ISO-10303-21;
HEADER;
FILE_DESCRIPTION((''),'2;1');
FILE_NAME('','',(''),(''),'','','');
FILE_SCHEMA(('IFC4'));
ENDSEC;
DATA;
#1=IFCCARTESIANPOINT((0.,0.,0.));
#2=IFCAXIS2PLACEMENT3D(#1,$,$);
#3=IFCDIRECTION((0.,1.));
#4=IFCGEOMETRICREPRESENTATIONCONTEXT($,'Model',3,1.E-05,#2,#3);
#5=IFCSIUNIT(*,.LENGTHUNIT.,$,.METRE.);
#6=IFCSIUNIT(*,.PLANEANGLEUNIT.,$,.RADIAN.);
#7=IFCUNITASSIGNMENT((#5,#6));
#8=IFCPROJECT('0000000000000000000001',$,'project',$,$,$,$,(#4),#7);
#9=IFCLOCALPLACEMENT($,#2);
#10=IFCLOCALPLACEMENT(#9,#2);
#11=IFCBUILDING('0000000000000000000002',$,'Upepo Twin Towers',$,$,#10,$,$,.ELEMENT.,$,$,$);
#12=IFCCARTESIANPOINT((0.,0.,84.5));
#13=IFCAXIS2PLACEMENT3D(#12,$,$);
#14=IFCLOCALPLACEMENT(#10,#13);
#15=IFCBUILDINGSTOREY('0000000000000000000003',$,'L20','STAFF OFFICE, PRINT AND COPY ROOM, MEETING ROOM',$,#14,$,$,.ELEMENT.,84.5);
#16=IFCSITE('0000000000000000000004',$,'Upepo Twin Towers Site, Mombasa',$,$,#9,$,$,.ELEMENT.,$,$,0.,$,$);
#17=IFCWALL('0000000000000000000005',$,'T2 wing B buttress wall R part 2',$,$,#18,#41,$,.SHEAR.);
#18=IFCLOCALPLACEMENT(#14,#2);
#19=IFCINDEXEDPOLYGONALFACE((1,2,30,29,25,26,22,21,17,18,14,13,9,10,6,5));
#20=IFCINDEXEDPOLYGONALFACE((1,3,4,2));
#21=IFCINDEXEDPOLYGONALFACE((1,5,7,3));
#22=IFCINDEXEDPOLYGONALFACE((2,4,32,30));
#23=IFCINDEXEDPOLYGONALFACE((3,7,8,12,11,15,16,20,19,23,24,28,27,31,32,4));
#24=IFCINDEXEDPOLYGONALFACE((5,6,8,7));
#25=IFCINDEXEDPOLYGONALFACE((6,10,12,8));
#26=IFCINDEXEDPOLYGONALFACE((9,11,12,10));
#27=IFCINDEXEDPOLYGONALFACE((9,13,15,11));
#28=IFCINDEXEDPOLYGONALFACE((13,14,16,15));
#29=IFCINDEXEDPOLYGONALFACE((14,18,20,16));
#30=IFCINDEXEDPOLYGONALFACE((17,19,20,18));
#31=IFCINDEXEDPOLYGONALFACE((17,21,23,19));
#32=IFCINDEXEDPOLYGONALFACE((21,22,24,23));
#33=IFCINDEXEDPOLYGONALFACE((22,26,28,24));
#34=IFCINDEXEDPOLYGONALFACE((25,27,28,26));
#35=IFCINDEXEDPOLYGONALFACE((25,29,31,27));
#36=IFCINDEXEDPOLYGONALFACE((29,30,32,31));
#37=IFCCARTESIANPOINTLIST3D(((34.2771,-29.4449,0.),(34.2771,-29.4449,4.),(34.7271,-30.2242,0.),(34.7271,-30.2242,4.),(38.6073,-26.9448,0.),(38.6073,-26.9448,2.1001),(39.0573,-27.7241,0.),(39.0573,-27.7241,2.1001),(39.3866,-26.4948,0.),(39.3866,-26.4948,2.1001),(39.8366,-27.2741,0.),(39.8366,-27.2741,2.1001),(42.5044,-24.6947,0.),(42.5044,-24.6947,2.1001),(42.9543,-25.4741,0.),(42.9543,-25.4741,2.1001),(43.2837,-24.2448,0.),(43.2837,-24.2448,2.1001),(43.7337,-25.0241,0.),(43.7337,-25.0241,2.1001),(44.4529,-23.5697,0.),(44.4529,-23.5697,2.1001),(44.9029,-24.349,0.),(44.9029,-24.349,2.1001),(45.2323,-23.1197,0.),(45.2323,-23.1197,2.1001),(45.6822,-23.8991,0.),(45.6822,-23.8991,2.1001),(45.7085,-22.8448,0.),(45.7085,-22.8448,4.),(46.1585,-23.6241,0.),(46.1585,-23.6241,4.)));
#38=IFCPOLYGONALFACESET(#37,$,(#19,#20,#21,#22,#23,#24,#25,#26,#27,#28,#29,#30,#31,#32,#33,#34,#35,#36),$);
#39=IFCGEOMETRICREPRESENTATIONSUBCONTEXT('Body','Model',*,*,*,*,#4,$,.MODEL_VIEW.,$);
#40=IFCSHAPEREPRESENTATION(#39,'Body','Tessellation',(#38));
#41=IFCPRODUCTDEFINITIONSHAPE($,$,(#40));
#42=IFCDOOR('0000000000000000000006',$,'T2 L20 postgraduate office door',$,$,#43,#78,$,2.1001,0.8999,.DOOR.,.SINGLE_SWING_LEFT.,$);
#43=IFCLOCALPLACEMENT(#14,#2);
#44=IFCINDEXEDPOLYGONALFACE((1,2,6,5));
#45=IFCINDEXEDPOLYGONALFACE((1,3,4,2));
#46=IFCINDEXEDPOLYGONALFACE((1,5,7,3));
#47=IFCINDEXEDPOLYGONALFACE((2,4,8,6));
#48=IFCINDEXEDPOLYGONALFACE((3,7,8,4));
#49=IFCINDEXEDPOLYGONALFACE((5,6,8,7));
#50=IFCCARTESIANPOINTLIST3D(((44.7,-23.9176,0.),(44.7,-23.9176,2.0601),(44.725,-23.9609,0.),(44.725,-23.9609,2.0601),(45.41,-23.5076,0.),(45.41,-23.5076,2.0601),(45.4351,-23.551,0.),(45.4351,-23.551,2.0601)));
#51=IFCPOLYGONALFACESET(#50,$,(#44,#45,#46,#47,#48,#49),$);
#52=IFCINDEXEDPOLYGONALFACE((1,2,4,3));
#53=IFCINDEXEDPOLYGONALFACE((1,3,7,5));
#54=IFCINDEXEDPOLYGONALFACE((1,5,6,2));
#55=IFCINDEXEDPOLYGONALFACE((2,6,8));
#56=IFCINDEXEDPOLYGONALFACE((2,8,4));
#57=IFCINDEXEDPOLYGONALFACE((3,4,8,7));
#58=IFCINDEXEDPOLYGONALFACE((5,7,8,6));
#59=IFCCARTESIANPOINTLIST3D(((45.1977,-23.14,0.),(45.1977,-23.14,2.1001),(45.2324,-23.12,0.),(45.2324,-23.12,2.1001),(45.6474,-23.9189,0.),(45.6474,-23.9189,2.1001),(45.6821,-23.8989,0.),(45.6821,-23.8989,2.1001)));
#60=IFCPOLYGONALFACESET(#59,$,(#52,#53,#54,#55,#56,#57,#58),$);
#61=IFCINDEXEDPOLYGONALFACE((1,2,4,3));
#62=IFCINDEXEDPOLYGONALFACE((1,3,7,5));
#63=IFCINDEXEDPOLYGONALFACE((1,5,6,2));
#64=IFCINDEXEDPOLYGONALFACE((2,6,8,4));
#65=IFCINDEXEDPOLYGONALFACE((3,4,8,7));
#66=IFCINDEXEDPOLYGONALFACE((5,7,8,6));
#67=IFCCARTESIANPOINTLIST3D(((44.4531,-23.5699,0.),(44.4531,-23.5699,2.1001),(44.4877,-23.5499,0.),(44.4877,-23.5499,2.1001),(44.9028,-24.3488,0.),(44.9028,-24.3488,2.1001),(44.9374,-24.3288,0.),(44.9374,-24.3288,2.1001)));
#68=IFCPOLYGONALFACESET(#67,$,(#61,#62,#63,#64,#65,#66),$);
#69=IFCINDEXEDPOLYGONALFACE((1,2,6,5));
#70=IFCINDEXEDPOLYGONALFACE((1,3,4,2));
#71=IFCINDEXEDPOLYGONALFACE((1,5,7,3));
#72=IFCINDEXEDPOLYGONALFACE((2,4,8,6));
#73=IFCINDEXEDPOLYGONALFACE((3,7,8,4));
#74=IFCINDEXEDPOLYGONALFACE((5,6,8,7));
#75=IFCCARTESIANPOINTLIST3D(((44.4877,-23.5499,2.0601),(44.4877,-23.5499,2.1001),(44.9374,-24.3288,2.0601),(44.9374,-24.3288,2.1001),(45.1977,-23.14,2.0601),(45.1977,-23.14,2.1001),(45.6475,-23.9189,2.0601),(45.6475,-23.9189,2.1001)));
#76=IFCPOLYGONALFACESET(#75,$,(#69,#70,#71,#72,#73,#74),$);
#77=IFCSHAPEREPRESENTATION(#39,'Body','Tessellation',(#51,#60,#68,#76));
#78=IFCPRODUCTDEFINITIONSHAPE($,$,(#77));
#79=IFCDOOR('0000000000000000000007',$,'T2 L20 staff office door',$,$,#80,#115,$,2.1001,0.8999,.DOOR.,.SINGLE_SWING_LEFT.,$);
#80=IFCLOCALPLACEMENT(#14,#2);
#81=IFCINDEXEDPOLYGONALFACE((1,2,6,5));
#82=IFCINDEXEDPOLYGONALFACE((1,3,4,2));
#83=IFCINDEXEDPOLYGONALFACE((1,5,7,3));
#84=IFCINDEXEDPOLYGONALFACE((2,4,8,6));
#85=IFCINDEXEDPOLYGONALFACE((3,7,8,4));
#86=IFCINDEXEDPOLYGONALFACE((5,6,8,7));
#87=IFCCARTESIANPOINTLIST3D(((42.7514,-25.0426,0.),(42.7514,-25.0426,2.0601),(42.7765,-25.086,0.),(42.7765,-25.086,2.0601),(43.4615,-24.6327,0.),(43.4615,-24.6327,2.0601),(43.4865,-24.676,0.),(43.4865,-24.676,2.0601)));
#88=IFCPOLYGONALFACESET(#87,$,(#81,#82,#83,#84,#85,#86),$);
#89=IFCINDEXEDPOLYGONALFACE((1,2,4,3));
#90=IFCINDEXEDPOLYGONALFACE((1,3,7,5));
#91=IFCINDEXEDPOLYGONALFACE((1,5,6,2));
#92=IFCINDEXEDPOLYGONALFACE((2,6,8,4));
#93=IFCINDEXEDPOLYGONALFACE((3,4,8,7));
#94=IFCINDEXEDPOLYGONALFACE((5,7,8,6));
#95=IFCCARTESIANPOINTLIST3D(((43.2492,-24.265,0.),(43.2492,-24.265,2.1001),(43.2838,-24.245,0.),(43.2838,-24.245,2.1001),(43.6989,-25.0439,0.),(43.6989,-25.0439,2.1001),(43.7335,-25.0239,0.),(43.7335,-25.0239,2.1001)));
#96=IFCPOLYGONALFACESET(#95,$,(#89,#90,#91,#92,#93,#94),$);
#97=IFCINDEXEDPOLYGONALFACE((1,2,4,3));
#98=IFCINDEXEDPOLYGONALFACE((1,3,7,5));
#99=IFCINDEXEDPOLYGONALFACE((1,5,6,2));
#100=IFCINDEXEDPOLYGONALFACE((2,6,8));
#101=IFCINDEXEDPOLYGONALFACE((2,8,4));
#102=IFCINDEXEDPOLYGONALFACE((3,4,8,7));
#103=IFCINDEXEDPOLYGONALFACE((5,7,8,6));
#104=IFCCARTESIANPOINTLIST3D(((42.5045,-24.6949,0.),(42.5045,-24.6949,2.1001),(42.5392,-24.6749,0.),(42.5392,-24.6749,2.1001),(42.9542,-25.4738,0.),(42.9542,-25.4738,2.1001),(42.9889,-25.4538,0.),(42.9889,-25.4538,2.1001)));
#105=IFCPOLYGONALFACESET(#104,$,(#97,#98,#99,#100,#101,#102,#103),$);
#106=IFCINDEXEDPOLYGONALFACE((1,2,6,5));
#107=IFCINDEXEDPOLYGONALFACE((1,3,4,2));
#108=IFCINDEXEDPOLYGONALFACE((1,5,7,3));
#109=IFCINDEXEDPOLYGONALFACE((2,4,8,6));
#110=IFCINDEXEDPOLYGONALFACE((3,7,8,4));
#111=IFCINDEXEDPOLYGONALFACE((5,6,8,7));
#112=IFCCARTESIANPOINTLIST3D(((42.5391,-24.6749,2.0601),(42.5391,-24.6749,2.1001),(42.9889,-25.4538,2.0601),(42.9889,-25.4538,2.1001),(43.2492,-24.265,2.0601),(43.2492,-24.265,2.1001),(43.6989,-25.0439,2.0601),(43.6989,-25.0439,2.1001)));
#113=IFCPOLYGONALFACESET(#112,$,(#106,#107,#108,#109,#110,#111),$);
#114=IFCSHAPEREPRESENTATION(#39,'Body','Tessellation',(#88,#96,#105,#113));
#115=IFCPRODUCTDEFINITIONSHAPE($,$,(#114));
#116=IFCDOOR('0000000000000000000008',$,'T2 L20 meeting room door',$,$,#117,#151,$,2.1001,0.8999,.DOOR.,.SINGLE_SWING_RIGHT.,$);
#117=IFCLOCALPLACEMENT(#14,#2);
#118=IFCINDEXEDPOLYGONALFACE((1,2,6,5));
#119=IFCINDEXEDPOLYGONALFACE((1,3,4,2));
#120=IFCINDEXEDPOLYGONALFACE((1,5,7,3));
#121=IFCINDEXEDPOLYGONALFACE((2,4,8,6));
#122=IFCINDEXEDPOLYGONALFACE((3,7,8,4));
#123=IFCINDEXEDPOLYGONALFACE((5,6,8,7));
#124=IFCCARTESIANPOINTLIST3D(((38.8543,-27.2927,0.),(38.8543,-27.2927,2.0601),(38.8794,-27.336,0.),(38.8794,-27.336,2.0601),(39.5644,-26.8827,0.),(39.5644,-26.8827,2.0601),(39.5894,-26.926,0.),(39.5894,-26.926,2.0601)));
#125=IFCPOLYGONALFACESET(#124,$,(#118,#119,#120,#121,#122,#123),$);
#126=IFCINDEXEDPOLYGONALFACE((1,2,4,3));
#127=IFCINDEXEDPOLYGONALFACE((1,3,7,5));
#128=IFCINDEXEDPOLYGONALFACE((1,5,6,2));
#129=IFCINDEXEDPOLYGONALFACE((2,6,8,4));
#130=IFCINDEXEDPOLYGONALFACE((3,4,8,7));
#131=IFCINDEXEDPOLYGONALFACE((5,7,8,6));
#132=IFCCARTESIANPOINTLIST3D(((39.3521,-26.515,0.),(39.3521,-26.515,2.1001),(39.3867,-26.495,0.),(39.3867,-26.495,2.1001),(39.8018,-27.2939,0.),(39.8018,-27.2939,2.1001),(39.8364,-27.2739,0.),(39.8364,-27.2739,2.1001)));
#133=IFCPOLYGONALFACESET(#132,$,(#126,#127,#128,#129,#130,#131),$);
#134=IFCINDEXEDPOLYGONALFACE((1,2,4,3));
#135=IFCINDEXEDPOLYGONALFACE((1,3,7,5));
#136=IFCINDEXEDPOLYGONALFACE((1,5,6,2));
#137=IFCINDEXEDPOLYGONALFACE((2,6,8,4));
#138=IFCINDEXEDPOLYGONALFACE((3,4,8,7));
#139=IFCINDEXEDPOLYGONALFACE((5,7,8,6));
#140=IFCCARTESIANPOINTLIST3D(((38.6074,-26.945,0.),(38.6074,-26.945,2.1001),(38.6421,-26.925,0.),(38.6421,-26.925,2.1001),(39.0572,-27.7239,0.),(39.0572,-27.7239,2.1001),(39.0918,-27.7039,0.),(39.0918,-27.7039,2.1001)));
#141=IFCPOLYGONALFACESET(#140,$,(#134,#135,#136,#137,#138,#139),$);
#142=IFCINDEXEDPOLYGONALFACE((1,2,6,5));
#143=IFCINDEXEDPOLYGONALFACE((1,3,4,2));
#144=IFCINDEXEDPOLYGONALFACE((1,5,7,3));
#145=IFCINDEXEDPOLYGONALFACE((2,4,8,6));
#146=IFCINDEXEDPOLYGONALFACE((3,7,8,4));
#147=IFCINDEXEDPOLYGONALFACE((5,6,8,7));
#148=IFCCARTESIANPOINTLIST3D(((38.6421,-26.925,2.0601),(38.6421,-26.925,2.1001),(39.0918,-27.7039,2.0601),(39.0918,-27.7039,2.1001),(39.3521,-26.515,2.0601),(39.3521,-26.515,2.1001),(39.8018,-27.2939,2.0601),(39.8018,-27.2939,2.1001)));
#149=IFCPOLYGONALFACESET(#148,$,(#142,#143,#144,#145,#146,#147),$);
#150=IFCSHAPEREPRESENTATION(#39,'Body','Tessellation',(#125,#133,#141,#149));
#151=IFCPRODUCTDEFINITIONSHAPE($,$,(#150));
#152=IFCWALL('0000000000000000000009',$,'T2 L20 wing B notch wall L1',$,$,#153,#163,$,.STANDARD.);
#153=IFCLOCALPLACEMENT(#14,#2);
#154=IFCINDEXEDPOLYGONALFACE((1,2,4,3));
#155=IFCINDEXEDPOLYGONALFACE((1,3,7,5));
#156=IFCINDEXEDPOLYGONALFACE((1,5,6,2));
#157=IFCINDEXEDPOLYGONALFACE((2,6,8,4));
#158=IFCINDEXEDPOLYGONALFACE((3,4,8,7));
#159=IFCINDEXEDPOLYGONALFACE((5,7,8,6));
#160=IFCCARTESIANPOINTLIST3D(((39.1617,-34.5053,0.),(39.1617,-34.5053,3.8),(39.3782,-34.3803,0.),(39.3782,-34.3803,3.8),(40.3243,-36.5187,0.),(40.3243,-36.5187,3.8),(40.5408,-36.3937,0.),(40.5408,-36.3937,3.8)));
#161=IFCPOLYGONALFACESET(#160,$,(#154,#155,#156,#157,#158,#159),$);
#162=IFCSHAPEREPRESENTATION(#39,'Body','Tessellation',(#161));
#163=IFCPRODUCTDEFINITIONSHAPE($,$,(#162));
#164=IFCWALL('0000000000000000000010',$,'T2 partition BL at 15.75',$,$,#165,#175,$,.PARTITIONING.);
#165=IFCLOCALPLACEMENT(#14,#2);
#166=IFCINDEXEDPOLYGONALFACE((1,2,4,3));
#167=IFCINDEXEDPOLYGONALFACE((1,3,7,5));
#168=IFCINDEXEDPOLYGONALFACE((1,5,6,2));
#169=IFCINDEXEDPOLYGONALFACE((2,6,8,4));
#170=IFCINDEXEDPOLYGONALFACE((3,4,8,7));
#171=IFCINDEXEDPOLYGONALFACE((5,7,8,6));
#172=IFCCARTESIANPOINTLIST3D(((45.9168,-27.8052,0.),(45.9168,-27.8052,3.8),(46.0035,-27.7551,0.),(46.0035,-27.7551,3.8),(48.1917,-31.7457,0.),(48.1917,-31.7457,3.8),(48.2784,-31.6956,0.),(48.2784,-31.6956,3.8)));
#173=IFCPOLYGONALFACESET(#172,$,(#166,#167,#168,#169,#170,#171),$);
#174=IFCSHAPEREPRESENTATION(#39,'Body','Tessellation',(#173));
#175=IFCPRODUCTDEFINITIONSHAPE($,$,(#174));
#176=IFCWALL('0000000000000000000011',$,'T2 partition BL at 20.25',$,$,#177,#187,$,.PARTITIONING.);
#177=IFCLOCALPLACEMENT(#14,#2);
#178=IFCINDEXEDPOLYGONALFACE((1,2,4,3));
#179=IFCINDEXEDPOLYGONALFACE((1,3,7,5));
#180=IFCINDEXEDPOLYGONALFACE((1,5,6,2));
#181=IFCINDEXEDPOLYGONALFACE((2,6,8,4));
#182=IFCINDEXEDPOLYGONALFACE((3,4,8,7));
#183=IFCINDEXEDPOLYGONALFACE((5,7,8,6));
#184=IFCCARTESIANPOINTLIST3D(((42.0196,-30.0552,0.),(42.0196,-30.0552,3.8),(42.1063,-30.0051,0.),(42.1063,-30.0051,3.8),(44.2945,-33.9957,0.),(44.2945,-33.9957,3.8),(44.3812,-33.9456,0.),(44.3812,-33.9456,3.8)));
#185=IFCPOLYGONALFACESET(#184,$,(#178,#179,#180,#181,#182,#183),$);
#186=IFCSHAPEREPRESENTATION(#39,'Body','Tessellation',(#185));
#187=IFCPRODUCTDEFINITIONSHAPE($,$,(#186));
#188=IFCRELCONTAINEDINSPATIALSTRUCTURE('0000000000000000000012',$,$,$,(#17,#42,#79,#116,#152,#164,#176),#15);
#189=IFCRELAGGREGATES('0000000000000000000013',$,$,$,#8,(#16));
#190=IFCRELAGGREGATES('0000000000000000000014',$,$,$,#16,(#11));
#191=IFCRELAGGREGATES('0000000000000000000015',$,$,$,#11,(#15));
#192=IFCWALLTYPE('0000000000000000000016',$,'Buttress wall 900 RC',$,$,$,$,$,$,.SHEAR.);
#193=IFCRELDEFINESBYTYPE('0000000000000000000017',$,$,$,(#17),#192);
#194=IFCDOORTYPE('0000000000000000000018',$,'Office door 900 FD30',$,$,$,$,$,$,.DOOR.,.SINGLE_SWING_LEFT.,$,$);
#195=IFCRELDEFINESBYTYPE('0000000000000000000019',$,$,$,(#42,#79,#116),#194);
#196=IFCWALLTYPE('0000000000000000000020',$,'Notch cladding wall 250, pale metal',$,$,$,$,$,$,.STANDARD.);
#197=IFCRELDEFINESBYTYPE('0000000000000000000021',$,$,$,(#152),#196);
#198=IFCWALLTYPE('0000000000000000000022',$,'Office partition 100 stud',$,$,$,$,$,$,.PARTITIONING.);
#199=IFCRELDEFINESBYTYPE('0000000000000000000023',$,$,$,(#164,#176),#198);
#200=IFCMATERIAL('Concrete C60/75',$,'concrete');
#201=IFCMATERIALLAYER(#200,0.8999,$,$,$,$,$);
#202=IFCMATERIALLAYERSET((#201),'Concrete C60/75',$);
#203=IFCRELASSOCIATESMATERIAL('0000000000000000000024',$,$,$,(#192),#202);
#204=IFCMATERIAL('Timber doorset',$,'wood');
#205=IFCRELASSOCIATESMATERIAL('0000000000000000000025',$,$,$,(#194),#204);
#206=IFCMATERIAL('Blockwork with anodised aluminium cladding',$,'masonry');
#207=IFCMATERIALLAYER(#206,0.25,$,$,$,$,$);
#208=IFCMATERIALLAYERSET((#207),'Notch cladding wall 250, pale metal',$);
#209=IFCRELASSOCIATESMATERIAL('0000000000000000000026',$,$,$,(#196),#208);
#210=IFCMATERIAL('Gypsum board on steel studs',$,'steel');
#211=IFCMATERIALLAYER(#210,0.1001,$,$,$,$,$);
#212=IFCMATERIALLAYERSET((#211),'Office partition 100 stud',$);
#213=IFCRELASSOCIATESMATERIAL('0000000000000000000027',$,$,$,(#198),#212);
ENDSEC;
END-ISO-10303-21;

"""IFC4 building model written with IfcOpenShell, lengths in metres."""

from ifc_helpers import new_model, si_unit, direction, frame, frame_2d, origin, place, context, subcontext, project, spatial, rectangle, extrude, material, layer, layer_set, type_object, element, fill, save


model = new_model("IFC4")

# Units and contexts
model_context = context("Model", 3, precision=1e-05, world=origin(), true_north=direction((0.0, 1.0)))
body_context = subcontext(model_context, "Body", "Model", "MODEL_VIEW")
ifc_project = project(units=[si_unit("LENGTHUNIT", "METRE"), si_unit("PLANEANGLEUNIT", "RADIAN")], contexts=[model_context])

# Site, building, storey
site_placement = place(None, origin())
site = spatial("IfcSite", under=ifc_project, at=site_placement, Name="Upepo Twin Towers Site, Mombasa", CompositionType="ELEMENT", RefElevation=0.0)
building_placement = place(site_placement, origin())
building = spatial("IfcBuilding", under=site, at=building_placement, Name="Upepo Twin Towers", CompositionType="ELEMENT")
storey_placement = place(building_placement, frame((0.0, 0.0, 84.5)))
storey = spatial("IfcBuildingStorey", under=building, at=storey_placement, Name="L20", Description="STAFF OFFICE, PRINT AND COPY ROOM, MEETING ROOM", CompositionType="ELEMENT", Elevation=84.5)

# Wall, openings, doors
ifc_material_1 = material(Name="Concrete C60/75", Category="concrete")
ifc_layer_1 = layer(ifc_material_1, 0.8999)
ifc_layer_set_1 = layer_set([ifc_layer_1], Name="Concrete C60/75")
wall_type_1 = type_object("IfcWallType", Name="Buttress wall 900 RC", PredefinedType="SHEAR", material=ifc_layer_set_1)
wall_1_placement = place(storey_placement, frame((45.9336, -23.2344, 0.0), z_axis=(0.0, 0.0, 1.0), x_axis=(-0.86602, -0.50001, 0.0)))
wall_1 = element("IfcWall", 1, at=wall_1_placement, inside=storey, type_object=wall_type_1, Name="T2 wing B buttress wall R part 2", PredefinedType="SHEAR", context=body_context, shape_type="SweptSolid", body=[
    extrude(rectangle(XDim=13.2, YDim=0.8999, at=frame_2d((6.6001, 0.0))), origin(), (0.0, 0.0, 1.0), 4.0),
])
opening_1_placement = place(wall_1_placement, frame((0.55, 0.0, 0.0)))
opening_1 = element("IfcOpeningElement", 2, at=opening_1_placement, cuts=wall_1, PredefinedType="OPENING", context=body_context, shape_type="SweptSolid", body=[
    extrude(rectangle(XDim=0.8999, YDim=2.1001, at=frame_2d((0.45, 1.05))), frame((0.0, 0.46, 0.0), z_axis=(0.0, -1.0, 0.0), x_axis=(1.0, 0.0, 0.0)), (0.0, 0.0, 1.0), 0.9199),
])
opening_2_placement = place(wall_1_placement, frame((2.8, 0.0, 0.0)))
opening_2 = element("IfcOpeningElement", 3, at=opening_2_placement, cuts=wall_1, PredefinedType="OPENING", context=body_context, shape_type="SweptSolid", body=[
    extrude(rectangle(XDim=0.8999, YDim=2.1001, at=frame_2d((0.45, 1.05))), frame((0.0, 0.46, 0.0), z_axis=(0.0, -1.0, 0.0), x_axis=(1.0, 0.0, 0.0)), (0.0, 0.0, 1.0), 0.9199),
])
opening_3_placement = place(wall_1_placement, frame((7.3, 0.0, 0.0)))
opening_3 = element("IfcOpeningElement", 4, at=opening_3_placement, cuts=wall_1, PredefinedType="OPENING", context=body_context, shape_type="SweptSolid", body=[
    extrude(rectangle(XDim=0.8999, YDim=2.1001, at=frame_2d((0.45, 1.05))), frame((0.0, 0.46, 0.0), z_axis=(0.0, -1.0, 0.0), x_axis=(1.0, 0.0, 0.0)), (0.0, 0.0, 1.0), 0.9199),
])
ifc_material_2 = material(Name="Timber doorset", Category="wood")
door_type = type_object("IfcDoorType", Name="Office door 900 FD30", OperationType="SINGLE_SWING_LEFT", PredefinedType="DOOR", material=ifc_material_2)
door_1_placement = place(opening_1_placement, origin())
door_1 = element("IfcDoor", 5, at=door_1_placement, inside=storey, type_object=door_type, Name="T2 L20 postgraduate office door", OperationType="SINGLE_SWING_LEFT", OverallHeight=2.1001, OverallWidth=0.8999, PredefinedType="DOOR", context=body_context, shape_type="SweptSolid", body=[
    extrude(rectangle(XDim=0.8199, YDim=2.0601, at=frame_2d((0.45, 1.03))), frame((0.0, 0.0249, 0.0), z_axis=(0.0, -1.0, 0.0), x_axis=(1.0, 0.0, 0.0)), (0.0, 0.0, 1.0), 0.05),
    extrude(rectangle(XDim=0.04, YDim=2.1001, at=frame_2d((0.02, 1.05))), frame((0.0, 0.4497, 0.0), z_axis=(0.0, -1.0, 0.0), x_axis=(1.0, 0.0, 0.0)), (0.0, 0.0, 1.0), 0.8994),
    extrude(rectangle(XDim=0.04, YDim=2.1001, at=frame_2d((0.8799, 1.05))), frame((0.0, 0.4497, 0.0), z_axis=(0.0, -1.0, 0.0), x_axis=(1.0, 0.0, 0.0)), (0.0, 0.0, 1.0), 0.8994),
    extrude(rectangle(XDim=0.8199, YDim=0.04, at=frame_2d((0.45, 2.0801))), frame((0.0, 0.4497, 0.0), z_axis=(0.0, -1.0, 0.0), x_axis=(1.0, 0.0, 0.0)), (0.0, 0.0, 1.0), 0.8994),
])
fill(opening_1, door_1)
door_2_placement = place(opening_2_placement, origin())
door_2 = element("IfcDoor", 6, at=door_2_placement, inside=storey, type_object=door_type, Name="T2 L20 staff office door", OperationType="SINGLE_SWING_LEFT", OverallHeight=2.1001, OverallWidth=0.8999, PredefinedType="DOOR", context=body_context, shape_type="SweptSolid", body=[
    extrude(rectangle(XDim=0.8199, YDim=2.0601, at=frame_2d((0.45, 1.03))), frame((0.0, 0.0249, 0.0), z_axis=(0.0, -1.0, 0.0), x_axis=(1.0, 0.0, 0.0)), (0.0, 0.0, 1.0), 0.05),
    extrude(rectangle(XDim=0.04, YDim=2.1001, at=frame_2d((0.02, 1.05))), frame((0.0, 0.4497, 0.0), z_axis=(0.0, -1.0, 0.0), x_axis=(1.0, 0.0, 0.0)), (0.0, 0.0, 1.0), 0.8994),
    extrude(rectangle(XDim=0.04, YDim=2.1001, at=frame_2d((0.8799, 1.05))), frame((0.0, 0.4497, 0.0), z_axis=(0.0, -1.0, 0.0), x_axis=(1.0, 0.0, 0.0)), (0.0, 0.0, 1.0), 0.8994),
    extrude(rectangle(XDim=0.8199, YDim=0.04, at=frame_2d((0.45, 2.0801))), frame((0.0, 0.4497, 0.0), z_axis=(0.0, -1.0, 0.0), x_axis=(1.0, 0.0, 0.0)), (0.0, 0.0, 1.0), 0.8994),
])
fill(opening_2, door_2)
door_3_placement = place(opening_3_placement, origin())
door_3 = element("IfcDoor", 7, at=door_3_placement, inside=storey, type_object=door_type, Name="T2 L20 meeting room door", OperationType="SINGLE_SWING_RIGHT", OverallHeight=2.1001, OverallWidth=0.8999, PredefinedType="DOOR", context=body_context, shape_type="SweptSolid", body=[
    extrude(rectangle(XDim=0.8199, YDim=2.0601, at=frame_2d((0.45, 1.03))), frame((0.0, 0.0249, 0.0), z_axis=(0.0, -1.0, 0.0), x_axis=(1.0, 0.0, 0.0)), (0.0, 0.0, 1.0), 0.05),
    extrude(rectangle(XDim=0.04, YDim=2.1001, at=frame_2d((0.02, 1.05))), frame((0.0, 0.4497, 0.0), z_axis=(0.0, -1.0, 0.0), x_axis=(1.0, 0.0, 0.0)), (0.0, 0.0, 1.0), 0.8994),
    extrude(rectangle(XDim=0.04, YDim=2.1001, at=frame_2d((0.8799, 1.05))), frame((0.0, 0.4497, 0.0), z_axis=(0.0, -1.0, 0.0), x_axis=(1.0, 0.0, 0.0)), (0.0, 0.0, 1.0), 0.8994),
    extrude(rectangle(XDim=0.8199, YDim=0.04, at=frame_2d((0.45, 2.0801))), frame((0.0, 0.4497, 0.0), z_axis=(0.0, -1.0, 0.0), x_axis=(1.0, 0.0, 0.0)), (0.0, 0.0, 1.0), 0.8994),
])
fill(opening_3, door_3)

# Walls
ifc_material_3 = material(Name="Blockwork with anodised aluminium cladding", Category="masonry")
ifc_layer_2 = layer(ifc_material_3, 0.25)
ifc_layer_set_2 = layer_set([ifc_layer_2], Name="Notch cladding wall 250, pale metal")
wall_type_2 = type_object("IfcWallType", Name="Notch cladding wall 250, pale metal", PredefinedType="STANDARD", material=ifc_layer_set_2)
wall_2_placement = place(storey_placement, frame((40.4326, -36.4563, 0.0), z_axis=(0.0, 0.0, 1.0), x_axis=(-0.500047, 0.865998, 0.0)))
element("IfcWall", 8, at=wall_2_placement, inside=storey, type_object=wall_type_2, Name="T2 L20 wing B notch wall L1", PredefinedType="STANDARD", context=body_context, shape_type="SweptSolid", body=[
    extrude(rectangle(XDim=2.325, YDim=0.25, at=frame_2d((1.1626, 0.0))), origin(), (0.0, 0.0, 1.0), 3.8),
])
ifc_material_4 = material(Name="Gypsum board on steel studs", Category="steel")
ifc_layer_3 = layer(ifc_material_4, 0.1001)
ifc_layer_set_3 = layer_set([ifc_layer_3], Name="Office partition 100 stud")
wall_type_3 = type_object("IfcWallType", Name="Office partition 100 stud", PredefinedType="PARTITIONING", material=ifc_layer_set_3)
for number, where, z_axis, x_axis, name in (
    (9, (45.9602, -27.7803, 0.0), (0.0, 0.0, 1.0), (0.499983, -0.866035, 0.0), "T2 partition BL at 15.75"),
    (10, (42.063, -30.0303, 0.0), (0.0, 0.0, 1.0), (0.499983, -0.866035, 0.0), "T2 partition BL at 20.25"),
):
    element("IfcWall", number, at=place(storey_placement, frame(where, z_axis=z_axis, x_axis=x_axis)), inside=storey, type_object=wall_type_3, Name=name, PredefinedType="PARTITIONING", context=body_context, shape_type="SweptSolid", body=[
        extrude(rectangle(XDim=4.55, YDim=0.1001, at=frame_2d((2.2749, 0.0))), origin(), (0.0, 0.0, 1.0), 3.8),
    ])

save(model, "model.ifc")
